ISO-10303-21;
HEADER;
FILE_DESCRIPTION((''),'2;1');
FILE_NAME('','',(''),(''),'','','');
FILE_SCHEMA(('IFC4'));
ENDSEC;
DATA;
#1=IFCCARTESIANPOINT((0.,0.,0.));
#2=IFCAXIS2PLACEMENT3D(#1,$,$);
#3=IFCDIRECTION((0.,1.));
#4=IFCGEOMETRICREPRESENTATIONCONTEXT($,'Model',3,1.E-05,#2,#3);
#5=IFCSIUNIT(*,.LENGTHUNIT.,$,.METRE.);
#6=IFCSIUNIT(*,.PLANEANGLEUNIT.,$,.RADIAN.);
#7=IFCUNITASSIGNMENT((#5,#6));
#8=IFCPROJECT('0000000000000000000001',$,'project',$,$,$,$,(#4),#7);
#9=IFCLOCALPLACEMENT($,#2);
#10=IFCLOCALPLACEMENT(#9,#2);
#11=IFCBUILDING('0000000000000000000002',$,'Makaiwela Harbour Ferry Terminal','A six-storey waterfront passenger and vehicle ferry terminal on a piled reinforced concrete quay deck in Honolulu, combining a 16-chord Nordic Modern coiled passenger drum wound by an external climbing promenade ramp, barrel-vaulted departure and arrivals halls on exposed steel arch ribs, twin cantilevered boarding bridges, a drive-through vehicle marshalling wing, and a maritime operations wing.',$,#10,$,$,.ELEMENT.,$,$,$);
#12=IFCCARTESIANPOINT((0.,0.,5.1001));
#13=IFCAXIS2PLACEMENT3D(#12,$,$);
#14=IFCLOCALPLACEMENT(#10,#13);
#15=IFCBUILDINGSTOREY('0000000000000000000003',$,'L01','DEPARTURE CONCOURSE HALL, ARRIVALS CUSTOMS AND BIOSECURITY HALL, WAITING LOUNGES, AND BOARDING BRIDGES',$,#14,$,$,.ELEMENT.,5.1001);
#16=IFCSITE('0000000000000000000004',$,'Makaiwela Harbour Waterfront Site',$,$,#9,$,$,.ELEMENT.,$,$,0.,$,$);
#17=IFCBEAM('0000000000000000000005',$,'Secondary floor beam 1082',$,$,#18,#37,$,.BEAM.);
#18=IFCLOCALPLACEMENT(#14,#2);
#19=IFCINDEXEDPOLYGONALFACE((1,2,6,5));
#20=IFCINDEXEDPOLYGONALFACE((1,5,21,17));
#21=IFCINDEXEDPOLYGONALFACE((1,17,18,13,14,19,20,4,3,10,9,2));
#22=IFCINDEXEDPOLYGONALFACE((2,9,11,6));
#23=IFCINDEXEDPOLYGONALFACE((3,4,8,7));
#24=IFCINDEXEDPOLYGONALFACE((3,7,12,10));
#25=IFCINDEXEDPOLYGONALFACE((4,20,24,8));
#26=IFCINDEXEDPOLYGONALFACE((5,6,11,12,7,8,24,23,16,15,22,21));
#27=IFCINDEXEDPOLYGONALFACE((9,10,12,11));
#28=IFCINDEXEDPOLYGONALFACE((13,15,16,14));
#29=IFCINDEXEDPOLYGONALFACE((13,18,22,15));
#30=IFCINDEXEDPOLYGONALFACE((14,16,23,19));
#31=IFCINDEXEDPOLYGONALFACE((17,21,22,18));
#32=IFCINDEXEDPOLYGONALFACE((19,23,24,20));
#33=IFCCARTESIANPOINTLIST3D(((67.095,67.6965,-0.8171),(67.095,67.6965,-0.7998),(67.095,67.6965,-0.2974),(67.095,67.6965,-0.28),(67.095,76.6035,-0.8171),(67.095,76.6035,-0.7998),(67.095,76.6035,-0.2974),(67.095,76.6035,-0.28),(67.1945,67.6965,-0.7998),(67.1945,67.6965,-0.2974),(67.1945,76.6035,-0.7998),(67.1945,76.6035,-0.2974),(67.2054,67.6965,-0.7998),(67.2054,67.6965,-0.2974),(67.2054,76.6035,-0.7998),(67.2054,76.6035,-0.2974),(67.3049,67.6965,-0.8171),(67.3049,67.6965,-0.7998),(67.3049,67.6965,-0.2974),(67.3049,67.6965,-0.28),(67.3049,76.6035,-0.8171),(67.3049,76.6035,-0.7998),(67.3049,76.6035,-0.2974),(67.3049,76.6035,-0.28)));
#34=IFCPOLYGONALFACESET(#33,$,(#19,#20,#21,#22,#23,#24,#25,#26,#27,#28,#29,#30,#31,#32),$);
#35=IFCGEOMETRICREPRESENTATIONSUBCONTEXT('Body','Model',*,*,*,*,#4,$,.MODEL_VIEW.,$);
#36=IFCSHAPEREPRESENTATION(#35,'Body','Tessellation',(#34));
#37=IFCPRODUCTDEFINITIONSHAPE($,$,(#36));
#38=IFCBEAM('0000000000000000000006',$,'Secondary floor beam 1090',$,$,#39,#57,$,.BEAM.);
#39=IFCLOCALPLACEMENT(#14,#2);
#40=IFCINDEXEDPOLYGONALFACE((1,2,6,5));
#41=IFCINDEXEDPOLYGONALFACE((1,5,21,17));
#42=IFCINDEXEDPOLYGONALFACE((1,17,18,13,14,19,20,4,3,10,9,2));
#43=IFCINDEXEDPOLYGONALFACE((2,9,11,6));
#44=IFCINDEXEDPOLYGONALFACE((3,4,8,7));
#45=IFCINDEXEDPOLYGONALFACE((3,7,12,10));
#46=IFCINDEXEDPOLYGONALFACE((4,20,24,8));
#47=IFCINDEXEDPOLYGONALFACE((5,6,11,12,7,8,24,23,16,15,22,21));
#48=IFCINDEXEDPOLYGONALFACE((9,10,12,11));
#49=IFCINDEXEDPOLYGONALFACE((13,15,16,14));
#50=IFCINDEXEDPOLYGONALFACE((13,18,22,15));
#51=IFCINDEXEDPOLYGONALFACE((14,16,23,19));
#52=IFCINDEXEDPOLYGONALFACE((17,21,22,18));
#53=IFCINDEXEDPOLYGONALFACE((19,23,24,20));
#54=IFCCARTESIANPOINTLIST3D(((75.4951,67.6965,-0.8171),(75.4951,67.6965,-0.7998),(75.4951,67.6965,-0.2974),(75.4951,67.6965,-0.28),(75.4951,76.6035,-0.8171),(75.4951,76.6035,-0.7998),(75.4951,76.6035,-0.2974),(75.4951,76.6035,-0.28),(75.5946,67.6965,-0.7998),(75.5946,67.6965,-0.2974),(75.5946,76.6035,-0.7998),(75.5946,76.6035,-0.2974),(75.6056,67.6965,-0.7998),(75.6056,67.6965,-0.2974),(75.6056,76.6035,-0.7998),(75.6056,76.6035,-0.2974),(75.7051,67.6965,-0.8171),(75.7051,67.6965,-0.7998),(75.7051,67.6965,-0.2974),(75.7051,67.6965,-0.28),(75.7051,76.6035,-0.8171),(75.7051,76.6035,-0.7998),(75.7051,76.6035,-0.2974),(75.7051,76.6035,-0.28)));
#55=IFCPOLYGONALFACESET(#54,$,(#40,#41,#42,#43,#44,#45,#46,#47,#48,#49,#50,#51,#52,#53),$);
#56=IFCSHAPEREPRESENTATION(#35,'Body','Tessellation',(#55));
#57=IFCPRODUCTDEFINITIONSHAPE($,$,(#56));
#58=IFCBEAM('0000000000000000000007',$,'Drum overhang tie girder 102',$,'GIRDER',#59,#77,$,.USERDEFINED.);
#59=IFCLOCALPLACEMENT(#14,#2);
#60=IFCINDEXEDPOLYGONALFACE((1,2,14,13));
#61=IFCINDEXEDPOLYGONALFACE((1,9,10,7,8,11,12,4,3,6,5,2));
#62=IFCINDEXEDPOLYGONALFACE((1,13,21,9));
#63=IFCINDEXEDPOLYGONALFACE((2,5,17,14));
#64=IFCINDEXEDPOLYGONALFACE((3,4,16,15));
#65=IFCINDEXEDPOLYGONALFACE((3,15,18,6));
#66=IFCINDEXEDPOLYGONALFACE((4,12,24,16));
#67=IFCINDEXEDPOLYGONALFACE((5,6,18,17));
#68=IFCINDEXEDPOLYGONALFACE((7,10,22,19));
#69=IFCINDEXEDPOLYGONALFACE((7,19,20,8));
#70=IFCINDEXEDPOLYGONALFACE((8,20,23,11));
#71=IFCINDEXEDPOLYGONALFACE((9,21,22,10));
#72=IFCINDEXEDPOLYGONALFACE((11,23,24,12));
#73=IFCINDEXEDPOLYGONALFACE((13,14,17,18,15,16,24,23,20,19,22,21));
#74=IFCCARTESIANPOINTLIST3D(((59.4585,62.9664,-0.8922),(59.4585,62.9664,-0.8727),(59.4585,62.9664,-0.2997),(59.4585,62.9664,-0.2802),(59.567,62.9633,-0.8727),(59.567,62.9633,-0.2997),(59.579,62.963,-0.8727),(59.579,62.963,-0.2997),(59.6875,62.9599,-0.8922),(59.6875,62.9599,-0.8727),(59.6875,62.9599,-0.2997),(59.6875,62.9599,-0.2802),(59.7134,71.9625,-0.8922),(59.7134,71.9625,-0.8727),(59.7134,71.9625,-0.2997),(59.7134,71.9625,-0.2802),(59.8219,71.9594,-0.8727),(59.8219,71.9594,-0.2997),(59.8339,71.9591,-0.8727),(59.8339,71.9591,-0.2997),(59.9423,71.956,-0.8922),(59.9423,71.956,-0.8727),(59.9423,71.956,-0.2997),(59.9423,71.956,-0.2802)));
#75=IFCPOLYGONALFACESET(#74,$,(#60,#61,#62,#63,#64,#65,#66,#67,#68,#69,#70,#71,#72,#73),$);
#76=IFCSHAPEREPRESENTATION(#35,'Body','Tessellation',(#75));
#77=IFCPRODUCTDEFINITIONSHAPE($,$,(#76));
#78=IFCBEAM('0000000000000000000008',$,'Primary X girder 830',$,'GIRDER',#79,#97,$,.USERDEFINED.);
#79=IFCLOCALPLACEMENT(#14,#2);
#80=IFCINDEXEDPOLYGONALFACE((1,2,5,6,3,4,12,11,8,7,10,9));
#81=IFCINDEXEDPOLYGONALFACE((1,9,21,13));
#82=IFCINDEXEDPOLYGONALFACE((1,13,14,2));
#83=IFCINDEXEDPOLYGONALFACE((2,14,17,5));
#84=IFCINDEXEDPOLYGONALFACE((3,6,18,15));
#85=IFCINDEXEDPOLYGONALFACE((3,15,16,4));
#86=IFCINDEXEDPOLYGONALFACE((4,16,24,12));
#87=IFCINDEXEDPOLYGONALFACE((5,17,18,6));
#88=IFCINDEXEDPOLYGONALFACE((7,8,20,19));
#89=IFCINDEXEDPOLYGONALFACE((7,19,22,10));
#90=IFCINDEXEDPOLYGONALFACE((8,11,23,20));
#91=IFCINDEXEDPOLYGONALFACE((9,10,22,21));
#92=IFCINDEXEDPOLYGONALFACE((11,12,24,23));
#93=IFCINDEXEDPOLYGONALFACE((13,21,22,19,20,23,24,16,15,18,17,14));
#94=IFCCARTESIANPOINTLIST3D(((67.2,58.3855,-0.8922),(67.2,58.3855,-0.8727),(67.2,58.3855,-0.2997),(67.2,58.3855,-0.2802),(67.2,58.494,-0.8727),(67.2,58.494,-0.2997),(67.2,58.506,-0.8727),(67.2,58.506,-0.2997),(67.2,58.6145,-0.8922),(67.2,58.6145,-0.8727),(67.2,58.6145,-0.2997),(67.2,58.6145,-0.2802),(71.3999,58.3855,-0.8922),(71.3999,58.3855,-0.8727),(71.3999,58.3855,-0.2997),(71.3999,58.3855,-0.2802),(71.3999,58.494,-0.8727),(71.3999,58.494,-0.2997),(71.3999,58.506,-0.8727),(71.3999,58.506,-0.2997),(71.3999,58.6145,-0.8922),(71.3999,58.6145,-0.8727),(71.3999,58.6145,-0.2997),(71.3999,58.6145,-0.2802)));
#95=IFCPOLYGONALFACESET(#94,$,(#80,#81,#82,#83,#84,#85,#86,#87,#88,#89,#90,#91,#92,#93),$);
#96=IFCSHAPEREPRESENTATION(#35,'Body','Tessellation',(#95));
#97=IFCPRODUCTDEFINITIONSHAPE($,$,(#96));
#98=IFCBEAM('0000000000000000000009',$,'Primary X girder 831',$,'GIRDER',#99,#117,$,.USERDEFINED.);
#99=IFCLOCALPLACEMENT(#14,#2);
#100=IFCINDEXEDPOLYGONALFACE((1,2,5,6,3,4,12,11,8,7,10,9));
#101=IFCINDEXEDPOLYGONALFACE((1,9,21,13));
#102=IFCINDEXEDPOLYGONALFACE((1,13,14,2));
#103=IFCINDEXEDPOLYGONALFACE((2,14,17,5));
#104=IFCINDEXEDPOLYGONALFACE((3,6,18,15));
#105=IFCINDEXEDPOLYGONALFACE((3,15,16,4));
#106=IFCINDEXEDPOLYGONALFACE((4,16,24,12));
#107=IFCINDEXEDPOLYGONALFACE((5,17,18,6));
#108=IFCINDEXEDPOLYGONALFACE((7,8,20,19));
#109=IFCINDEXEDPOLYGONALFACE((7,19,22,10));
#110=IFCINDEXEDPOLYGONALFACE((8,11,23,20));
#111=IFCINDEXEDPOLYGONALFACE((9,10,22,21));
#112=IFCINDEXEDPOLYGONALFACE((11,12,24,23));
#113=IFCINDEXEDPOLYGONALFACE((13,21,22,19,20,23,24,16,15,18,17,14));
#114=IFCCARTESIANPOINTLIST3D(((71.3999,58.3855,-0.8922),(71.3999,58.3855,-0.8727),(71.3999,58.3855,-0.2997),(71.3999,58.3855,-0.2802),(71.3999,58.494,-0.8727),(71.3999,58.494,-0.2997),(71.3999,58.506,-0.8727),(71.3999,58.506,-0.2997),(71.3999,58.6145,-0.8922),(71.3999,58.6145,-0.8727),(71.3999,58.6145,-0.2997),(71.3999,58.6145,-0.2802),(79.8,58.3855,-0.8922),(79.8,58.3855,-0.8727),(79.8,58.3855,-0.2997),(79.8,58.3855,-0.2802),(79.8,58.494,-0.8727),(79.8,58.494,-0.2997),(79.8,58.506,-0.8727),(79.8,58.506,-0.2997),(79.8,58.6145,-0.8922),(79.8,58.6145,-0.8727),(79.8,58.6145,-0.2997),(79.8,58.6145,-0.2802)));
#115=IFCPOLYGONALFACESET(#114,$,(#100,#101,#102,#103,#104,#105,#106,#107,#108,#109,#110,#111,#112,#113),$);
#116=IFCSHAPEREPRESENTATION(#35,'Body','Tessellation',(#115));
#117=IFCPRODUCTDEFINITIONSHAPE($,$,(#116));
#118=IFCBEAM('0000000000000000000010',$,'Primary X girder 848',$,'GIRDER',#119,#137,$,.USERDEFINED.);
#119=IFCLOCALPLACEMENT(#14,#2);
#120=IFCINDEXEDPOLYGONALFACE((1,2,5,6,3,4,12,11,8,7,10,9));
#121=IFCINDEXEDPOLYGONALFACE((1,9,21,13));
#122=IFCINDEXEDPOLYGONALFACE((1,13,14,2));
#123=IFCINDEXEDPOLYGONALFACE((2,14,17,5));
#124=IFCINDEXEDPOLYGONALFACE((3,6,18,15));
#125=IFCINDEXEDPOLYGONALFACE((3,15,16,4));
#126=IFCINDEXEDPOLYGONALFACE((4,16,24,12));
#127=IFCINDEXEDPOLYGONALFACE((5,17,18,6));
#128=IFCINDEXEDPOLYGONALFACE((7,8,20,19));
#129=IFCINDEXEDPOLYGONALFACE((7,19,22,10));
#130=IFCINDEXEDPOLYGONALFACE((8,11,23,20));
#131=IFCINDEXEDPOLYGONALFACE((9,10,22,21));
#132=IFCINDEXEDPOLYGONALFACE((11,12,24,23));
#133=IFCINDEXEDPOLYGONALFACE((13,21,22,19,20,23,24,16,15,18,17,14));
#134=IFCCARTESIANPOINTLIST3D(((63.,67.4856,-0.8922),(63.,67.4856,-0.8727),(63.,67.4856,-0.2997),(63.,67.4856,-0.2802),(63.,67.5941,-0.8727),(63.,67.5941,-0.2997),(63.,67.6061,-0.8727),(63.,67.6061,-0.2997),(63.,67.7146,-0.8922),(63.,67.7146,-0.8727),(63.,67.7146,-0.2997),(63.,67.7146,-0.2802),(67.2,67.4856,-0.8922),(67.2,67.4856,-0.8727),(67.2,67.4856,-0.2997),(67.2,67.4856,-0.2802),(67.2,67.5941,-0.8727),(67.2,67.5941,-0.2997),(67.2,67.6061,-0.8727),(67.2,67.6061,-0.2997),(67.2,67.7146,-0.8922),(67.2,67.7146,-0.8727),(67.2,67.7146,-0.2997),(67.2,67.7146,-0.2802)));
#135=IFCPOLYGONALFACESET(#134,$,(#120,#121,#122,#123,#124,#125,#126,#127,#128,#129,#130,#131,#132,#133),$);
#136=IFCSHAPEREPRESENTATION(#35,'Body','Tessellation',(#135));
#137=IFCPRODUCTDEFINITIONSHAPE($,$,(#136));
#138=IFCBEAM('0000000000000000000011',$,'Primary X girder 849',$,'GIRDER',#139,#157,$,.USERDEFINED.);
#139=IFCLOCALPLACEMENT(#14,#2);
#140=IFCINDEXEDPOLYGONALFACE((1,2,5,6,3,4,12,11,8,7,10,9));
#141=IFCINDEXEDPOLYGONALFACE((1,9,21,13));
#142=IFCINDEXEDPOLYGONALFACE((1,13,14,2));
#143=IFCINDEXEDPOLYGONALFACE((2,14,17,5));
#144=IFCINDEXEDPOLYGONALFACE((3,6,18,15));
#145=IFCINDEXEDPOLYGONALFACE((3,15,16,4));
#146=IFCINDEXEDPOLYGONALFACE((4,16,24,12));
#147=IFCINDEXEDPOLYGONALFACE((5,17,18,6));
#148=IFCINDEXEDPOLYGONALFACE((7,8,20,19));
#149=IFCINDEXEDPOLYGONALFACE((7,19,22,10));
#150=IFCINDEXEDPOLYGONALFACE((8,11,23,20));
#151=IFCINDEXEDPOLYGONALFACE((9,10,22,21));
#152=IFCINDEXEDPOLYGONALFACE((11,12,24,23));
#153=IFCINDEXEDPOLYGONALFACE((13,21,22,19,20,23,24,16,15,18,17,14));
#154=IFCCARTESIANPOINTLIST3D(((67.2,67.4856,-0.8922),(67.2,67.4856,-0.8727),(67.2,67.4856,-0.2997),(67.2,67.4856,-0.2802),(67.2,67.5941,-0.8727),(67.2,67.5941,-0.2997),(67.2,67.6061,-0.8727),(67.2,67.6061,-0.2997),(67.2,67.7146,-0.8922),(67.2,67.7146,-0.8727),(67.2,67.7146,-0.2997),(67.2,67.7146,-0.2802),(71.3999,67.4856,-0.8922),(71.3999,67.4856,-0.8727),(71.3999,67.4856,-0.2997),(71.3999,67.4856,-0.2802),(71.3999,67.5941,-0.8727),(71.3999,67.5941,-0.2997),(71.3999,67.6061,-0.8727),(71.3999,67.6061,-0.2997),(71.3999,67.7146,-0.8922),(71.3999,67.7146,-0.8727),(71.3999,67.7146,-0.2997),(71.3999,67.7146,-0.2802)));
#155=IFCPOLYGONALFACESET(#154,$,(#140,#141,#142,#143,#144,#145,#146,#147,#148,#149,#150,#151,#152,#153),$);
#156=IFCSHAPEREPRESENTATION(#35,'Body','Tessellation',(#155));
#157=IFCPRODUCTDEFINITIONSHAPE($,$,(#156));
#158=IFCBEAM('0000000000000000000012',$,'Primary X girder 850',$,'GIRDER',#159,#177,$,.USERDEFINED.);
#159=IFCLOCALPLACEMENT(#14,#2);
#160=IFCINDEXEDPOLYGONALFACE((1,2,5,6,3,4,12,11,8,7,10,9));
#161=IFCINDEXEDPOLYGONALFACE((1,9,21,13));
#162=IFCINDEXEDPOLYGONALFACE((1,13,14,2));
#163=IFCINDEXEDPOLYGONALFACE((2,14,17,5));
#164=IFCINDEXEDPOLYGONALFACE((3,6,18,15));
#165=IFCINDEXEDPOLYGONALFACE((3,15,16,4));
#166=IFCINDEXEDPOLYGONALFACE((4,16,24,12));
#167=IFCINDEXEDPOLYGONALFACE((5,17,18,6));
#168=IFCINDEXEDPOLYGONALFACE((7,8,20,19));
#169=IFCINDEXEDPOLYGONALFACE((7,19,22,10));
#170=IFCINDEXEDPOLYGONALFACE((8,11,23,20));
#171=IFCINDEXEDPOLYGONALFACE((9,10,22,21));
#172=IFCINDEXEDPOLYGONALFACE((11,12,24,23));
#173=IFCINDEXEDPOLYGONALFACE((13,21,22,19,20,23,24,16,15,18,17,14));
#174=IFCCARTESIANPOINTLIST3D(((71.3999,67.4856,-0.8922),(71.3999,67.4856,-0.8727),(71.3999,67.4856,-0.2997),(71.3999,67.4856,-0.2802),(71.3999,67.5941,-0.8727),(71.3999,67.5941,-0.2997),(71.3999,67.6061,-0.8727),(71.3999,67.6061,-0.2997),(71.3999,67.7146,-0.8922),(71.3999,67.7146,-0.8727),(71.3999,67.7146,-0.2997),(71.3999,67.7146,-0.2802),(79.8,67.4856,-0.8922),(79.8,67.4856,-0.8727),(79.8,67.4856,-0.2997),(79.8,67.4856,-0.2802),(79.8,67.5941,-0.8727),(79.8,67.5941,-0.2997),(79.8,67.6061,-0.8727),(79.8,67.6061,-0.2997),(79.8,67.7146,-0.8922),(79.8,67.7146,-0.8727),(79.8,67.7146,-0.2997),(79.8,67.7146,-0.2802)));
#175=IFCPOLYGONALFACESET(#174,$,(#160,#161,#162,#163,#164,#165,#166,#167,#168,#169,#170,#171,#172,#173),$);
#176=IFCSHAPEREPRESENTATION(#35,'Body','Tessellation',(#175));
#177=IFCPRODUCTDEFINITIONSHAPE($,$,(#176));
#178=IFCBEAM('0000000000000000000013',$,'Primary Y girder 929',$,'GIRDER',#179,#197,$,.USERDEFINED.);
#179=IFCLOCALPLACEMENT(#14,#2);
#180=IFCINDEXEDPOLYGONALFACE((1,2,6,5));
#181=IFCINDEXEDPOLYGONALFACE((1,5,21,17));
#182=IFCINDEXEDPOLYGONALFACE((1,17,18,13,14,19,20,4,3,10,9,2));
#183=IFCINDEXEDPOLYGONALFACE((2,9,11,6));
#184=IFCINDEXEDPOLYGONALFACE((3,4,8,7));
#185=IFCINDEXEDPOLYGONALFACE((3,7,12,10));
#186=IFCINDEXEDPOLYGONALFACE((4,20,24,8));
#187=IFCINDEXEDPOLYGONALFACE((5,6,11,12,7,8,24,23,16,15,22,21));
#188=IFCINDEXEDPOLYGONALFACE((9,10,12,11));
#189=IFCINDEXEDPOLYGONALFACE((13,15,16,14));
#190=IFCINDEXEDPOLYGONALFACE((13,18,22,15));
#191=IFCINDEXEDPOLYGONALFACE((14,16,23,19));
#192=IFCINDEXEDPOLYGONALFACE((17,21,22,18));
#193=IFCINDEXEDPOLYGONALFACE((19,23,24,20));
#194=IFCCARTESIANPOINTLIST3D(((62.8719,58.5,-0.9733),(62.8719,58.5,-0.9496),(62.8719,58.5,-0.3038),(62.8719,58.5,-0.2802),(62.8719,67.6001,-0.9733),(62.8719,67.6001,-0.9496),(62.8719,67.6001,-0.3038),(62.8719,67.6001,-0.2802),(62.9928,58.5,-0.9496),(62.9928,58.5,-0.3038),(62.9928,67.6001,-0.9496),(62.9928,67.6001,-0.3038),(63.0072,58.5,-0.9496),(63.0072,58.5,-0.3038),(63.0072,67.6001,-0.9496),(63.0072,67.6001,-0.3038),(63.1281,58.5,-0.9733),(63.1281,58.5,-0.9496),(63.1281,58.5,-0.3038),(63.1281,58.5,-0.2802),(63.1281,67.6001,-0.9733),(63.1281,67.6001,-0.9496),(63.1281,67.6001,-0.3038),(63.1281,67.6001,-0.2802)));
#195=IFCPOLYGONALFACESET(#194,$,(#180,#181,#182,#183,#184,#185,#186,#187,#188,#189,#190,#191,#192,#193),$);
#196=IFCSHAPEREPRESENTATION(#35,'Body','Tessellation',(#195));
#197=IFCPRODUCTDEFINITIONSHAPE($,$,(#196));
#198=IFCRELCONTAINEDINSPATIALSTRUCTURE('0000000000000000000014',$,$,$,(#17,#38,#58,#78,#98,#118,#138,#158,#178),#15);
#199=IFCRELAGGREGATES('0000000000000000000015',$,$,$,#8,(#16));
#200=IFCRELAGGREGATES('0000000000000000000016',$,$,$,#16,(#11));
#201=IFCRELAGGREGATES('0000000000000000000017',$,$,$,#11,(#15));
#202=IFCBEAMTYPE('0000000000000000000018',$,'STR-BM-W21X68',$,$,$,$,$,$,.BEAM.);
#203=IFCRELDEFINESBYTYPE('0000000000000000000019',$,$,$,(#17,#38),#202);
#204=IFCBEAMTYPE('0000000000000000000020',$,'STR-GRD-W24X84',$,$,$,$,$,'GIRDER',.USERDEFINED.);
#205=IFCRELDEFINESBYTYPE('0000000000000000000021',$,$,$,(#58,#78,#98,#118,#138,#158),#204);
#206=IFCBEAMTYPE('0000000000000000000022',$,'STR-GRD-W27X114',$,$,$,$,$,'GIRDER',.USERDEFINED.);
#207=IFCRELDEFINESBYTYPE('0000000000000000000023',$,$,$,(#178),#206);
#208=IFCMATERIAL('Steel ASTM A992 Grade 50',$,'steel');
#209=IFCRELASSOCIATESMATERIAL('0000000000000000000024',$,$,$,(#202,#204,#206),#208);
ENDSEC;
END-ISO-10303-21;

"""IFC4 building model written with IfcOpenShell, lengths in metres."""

from ifc_helpers import new_model, si_unit, direction, frame, origin, origin_2d, place, context, subcontext, project, spatial, i_section, extrude, material, material_profile, profile_set, type_object, element, save


model = new_model("IFC4")

# Units and contexts
model_context = context("Model", 3, precision=1e-05, world=origin(), true_north=direction((0.0, 1.0)))
body_context = subcontext(model_context, "Body", "Model", "MODEL_VIEW")
ifc_project = project(units=[si_unit("LENGTHUNIT", "METRE"), si_unit("PLANEANGLEUNIT", "RADIAN")], contexts=[model_context])

# Site, building, storey
site_placement = place(None, origin())
site = spatial("IfcSite", under=ifc_project, at=site_placement, Name="Makaiwela Harbour Waterfront Site", CompositionType="ELEMENT", RefElevation=0.0)
building_placement = place(site_placement, origin())
building = spatial("IfcBuilding", under=site, at=building_placement, Name="Makaiwela Harbour Ferry Terminal", Description="A six-storey waterfront passenger and vehicle ferry terminal on a piled reinforced concrete quay deck in Honolulu, combining a 16-chord Nordic Modern coiled passenger drum wound by an external climbing promenade ramp, barrel-vaulted departure and arrivals halls on exposed steel arch ribs, twin cantilevered boarding bridges, a drive-through vehicle marshalling wing, and a maritime operations wing.", CompositionType="ELEMENT")
storey_placement = place(building_placement, frame((0.0, 0.0, 5.1001)))
storey = spatial("IfcBuildingStorey", under=building, at=storey_placement, Name="L01", Description="DEPARTURE CONCOURSE HALL, ARRIVALS CUSTOMS AND BIOSECURITY HALL, WAITING LOUNGES, AND BOARDING BRIDGES", CompositionType="ELEMENT", Elevation=5.1001)

# Shared definitions
ifc_material_1 = material(Name="Steel ASTM A992 Grade 50", Category="steel")

# Beams
ifc_material_profile_1 = material_profile(ifc_material_1, i_section(OverallWidth=0.21, OverallDepth=0.5371, WebThickness=0.011, FlangeThickness=0.0173, at=origin_2d()), Name="W21X68")
ifc_profile_set_1 = profile_set([ifc_material_profile_1], Name="Steel ASTM A992 Grade 50")
beam_type_1 = type_object("IfcBeamType", Name="STR-BM-W21X68", PredefinedType="BEAM", material=ifc_profile_set_1)
for number, where, z_axis, x_axis, name in (
    (1, (67.2, 67.6965, -0.5486), (0.0, 1.0, 0.0), (-1.0, 0.0, 0.0), "Secondary floor beam 1082"),
    (2, (75.6001, 67.6965, -0.5486), (0.0, 1.0, 0.0), (-1.0, 0.0, 0.0), "Secondary floor beam 1090"),
):
    element("IfcBeam", number, at=place(storey_placement, frame(where, z_axis=z_axis, x_axis=x_axis)), inside=storey, type_object=beam_type_1, Name=name, PredefinedType="BEAM", context=body_context, shape_type="SweptSolid", body=[
        extrude(i_section(OverallWidth=0.21, OverallDepth=0.5371, WebThickness=0.011, FlangeThickness=0.0173, at=origin_2d()), origin(), (0.0, 0.0, 1.0), 8.907),
    ])
ifc_material_profile_2 = material_profile(ifc_material_1, i_section(OverallWidth=0.229, OverallDepth=0.6121, WebThickness=0.012, FlangeThickness=0.0195, at=origin_2d()), Name="W24X84")
ifc_profile_set_2 = profile_set([ifc_material_profile_2], Name="Steel ASTM A992 Grade 50")
beam_type_2 = type_object("IfcBeamType", Name="STR-GRD-W24X84", ElementType="GIRDER", PredefinedType="USERDEFINED", material=ifc_profile_set_2)
beam_1_placement = place(storey_placement, frame((59.573, 62.9631, -0.5862), z_axis=(0.028321, 0.999599, 0.0), x_axis=(-0.999599, 0.028321, 0.0)))
element("IfcBeam", 3, at=beam_1_placement, inside=storey, type_object=beam_type_2, Name="Drum overhang tie girder 102", ObjectType="GIRDER", PredefinedType="USERDEFINED", context=body_context, shape_type="SweptSolid", body=[
    extrude(i_section(OverallWidth=0.229, OverallDepth=0.6121, WebThickness=0.012, FlangeThickness=0.0195, at=origin_2d()), origin(), (0.0, 0.0, 1.0), 8.9998),
])
beam_2_placement = place(storey_placement, frame((67.2, 58.5, -0.5862), z_axis=(1.0, 0.0, 0.0), x_axis=(0.0, 1.0, 0.0)))
element("IfcBeam", 4, at=beam_2_placement, inside=storey, type_object=beam_type_2, Name="Primary X girder 830", ObjectType="GIRDER", PredefinedType="USERDEFINED", context=body_context, shape_type="SweptSolid", body=[
    extrude(i_section(OverallWidth=0.229, OverallDepth=0.6121, WebThickness=0.012, FlangeThickness=0.0195, at=origin_2d()), origin(), (0.0, 0.0, 1.0), 4.2),
])
beam_3_placement = place(storey_placement, frame((71.3999, 58.5, -0.5862), z_axis=(1.0, 0.0, 0.0), x_axis=(0.0, 1.0, 0.0)))
element("IfcBeam", 5, at=beam_3_placement, inside=storey, type_object=beam_type_2, Name="Primary X girder 831", ObjectType="GIRDER", PredefinedType="USERDEFINED", context=body_context, shape_type="SweptSolid", body=[
    extrude(i_section(OverallWidth=0.229, OverallDepth=0.6121, WebThickness=0.012, FlangeThickness=0.0195, at=origin_2d()), origin(), (0.0, 0.0, 1.0), 8.4001),
])
for number, where, z_axis, x_axis, name in (
    (6, (63.0, 67.6001, -0.5862), (1.0, 0.0, 0.0), (0.0, 1.0, 0.0), "Primary X girder 848"),
    (7, (67.2, 67.6001, -0.5862), (1.0, 0.0, 0.0), (0.0, 1.0, 0.0), "Primary X girder 849"),
):
    element("IfcBeam", number, at=place(storey_placement, frame(where, z_axis=z_axis, x_axis=x_axis)), inside=storey, type_object=beam_type_2, Name=name, ObjectType="GIRDER", PredefinedType="USERDEFINED", context=body_context, shape_type="SweptSolid", body=[
        extrude(i_section(OverallWidth=0.229, OverallDepth=0.6121, WebThickness=0.012, FlangeThickness=0.0195, at=origin_2d()), origin(), (0.0, 0.0, 1.0), 4.2),
    ])
beam_4_placement = place(storey_placement, frame((71.3999, 67.6001, -0.5862), z_axis=(1.0, 0.0, 0.0), x_axis=(0.0, 1.0, 0.0)))
element("IfcBeam", 8, at=beam_4_placement, inside=storey, type_object=beam_type_2, Name="Primary X girder 850", ObjectType="GIRDER", PredefinedType="USERDEFINED", context=body_context, shape_type="SweptSolid", body=[
    extrude(i_section(OverallWidth=0.229, OverallDepth=0.6121, WebThickness=0.012, FlangeThickness=0.0195, at=origin_2d()), origin(), (0.0, 0.0, 1.0), 8.4001),
])
ifc_material_profile_3 = material_profile(ifc_material_1, i_section(OverallWidth=0.2561, OverallDepth=0.6931, WebThickness=0.0144, FlangeThickness=0.0237, at=origin_2d()), Name="W27X114")
ifc_profile_set_3 = profile_set([ifc_material_profile_3], Name="Steel ASTM A992 Grade 50")
beam_type_3 = type_object("IfcBeamType", Name="STR-GRD-W27X114", ElementType="GIRDER", PredefinedType="USERDEFINED", material=ifc_profile_set_3)
beam_5_placement = place(storey_placement, frame((63.0, 58.5, -0.6267), z_axis=(0.0, 1.0, 0.0), x_axis=(-1.0, 0.0, 0.0)))
element("IfcBeam", 9, at=beam_5_placement, inside=storey, type_object=beam_type_3, Name="Primary Y girder 929", ObjectType="GIRDER", PredefinedType="USERDEFINED", context=body_context, shape_type="SweptSolid", body=[
    extrude(i_section(OverallWidth=0.2561, OverallDepth=0.6931, WebThickness=0.0144, FlangeThickness=0.0237, at=origin_2d()), origin(), (0.0, 0.0, 1.0), 9.1001),
])

save(model, "model.ifc")
